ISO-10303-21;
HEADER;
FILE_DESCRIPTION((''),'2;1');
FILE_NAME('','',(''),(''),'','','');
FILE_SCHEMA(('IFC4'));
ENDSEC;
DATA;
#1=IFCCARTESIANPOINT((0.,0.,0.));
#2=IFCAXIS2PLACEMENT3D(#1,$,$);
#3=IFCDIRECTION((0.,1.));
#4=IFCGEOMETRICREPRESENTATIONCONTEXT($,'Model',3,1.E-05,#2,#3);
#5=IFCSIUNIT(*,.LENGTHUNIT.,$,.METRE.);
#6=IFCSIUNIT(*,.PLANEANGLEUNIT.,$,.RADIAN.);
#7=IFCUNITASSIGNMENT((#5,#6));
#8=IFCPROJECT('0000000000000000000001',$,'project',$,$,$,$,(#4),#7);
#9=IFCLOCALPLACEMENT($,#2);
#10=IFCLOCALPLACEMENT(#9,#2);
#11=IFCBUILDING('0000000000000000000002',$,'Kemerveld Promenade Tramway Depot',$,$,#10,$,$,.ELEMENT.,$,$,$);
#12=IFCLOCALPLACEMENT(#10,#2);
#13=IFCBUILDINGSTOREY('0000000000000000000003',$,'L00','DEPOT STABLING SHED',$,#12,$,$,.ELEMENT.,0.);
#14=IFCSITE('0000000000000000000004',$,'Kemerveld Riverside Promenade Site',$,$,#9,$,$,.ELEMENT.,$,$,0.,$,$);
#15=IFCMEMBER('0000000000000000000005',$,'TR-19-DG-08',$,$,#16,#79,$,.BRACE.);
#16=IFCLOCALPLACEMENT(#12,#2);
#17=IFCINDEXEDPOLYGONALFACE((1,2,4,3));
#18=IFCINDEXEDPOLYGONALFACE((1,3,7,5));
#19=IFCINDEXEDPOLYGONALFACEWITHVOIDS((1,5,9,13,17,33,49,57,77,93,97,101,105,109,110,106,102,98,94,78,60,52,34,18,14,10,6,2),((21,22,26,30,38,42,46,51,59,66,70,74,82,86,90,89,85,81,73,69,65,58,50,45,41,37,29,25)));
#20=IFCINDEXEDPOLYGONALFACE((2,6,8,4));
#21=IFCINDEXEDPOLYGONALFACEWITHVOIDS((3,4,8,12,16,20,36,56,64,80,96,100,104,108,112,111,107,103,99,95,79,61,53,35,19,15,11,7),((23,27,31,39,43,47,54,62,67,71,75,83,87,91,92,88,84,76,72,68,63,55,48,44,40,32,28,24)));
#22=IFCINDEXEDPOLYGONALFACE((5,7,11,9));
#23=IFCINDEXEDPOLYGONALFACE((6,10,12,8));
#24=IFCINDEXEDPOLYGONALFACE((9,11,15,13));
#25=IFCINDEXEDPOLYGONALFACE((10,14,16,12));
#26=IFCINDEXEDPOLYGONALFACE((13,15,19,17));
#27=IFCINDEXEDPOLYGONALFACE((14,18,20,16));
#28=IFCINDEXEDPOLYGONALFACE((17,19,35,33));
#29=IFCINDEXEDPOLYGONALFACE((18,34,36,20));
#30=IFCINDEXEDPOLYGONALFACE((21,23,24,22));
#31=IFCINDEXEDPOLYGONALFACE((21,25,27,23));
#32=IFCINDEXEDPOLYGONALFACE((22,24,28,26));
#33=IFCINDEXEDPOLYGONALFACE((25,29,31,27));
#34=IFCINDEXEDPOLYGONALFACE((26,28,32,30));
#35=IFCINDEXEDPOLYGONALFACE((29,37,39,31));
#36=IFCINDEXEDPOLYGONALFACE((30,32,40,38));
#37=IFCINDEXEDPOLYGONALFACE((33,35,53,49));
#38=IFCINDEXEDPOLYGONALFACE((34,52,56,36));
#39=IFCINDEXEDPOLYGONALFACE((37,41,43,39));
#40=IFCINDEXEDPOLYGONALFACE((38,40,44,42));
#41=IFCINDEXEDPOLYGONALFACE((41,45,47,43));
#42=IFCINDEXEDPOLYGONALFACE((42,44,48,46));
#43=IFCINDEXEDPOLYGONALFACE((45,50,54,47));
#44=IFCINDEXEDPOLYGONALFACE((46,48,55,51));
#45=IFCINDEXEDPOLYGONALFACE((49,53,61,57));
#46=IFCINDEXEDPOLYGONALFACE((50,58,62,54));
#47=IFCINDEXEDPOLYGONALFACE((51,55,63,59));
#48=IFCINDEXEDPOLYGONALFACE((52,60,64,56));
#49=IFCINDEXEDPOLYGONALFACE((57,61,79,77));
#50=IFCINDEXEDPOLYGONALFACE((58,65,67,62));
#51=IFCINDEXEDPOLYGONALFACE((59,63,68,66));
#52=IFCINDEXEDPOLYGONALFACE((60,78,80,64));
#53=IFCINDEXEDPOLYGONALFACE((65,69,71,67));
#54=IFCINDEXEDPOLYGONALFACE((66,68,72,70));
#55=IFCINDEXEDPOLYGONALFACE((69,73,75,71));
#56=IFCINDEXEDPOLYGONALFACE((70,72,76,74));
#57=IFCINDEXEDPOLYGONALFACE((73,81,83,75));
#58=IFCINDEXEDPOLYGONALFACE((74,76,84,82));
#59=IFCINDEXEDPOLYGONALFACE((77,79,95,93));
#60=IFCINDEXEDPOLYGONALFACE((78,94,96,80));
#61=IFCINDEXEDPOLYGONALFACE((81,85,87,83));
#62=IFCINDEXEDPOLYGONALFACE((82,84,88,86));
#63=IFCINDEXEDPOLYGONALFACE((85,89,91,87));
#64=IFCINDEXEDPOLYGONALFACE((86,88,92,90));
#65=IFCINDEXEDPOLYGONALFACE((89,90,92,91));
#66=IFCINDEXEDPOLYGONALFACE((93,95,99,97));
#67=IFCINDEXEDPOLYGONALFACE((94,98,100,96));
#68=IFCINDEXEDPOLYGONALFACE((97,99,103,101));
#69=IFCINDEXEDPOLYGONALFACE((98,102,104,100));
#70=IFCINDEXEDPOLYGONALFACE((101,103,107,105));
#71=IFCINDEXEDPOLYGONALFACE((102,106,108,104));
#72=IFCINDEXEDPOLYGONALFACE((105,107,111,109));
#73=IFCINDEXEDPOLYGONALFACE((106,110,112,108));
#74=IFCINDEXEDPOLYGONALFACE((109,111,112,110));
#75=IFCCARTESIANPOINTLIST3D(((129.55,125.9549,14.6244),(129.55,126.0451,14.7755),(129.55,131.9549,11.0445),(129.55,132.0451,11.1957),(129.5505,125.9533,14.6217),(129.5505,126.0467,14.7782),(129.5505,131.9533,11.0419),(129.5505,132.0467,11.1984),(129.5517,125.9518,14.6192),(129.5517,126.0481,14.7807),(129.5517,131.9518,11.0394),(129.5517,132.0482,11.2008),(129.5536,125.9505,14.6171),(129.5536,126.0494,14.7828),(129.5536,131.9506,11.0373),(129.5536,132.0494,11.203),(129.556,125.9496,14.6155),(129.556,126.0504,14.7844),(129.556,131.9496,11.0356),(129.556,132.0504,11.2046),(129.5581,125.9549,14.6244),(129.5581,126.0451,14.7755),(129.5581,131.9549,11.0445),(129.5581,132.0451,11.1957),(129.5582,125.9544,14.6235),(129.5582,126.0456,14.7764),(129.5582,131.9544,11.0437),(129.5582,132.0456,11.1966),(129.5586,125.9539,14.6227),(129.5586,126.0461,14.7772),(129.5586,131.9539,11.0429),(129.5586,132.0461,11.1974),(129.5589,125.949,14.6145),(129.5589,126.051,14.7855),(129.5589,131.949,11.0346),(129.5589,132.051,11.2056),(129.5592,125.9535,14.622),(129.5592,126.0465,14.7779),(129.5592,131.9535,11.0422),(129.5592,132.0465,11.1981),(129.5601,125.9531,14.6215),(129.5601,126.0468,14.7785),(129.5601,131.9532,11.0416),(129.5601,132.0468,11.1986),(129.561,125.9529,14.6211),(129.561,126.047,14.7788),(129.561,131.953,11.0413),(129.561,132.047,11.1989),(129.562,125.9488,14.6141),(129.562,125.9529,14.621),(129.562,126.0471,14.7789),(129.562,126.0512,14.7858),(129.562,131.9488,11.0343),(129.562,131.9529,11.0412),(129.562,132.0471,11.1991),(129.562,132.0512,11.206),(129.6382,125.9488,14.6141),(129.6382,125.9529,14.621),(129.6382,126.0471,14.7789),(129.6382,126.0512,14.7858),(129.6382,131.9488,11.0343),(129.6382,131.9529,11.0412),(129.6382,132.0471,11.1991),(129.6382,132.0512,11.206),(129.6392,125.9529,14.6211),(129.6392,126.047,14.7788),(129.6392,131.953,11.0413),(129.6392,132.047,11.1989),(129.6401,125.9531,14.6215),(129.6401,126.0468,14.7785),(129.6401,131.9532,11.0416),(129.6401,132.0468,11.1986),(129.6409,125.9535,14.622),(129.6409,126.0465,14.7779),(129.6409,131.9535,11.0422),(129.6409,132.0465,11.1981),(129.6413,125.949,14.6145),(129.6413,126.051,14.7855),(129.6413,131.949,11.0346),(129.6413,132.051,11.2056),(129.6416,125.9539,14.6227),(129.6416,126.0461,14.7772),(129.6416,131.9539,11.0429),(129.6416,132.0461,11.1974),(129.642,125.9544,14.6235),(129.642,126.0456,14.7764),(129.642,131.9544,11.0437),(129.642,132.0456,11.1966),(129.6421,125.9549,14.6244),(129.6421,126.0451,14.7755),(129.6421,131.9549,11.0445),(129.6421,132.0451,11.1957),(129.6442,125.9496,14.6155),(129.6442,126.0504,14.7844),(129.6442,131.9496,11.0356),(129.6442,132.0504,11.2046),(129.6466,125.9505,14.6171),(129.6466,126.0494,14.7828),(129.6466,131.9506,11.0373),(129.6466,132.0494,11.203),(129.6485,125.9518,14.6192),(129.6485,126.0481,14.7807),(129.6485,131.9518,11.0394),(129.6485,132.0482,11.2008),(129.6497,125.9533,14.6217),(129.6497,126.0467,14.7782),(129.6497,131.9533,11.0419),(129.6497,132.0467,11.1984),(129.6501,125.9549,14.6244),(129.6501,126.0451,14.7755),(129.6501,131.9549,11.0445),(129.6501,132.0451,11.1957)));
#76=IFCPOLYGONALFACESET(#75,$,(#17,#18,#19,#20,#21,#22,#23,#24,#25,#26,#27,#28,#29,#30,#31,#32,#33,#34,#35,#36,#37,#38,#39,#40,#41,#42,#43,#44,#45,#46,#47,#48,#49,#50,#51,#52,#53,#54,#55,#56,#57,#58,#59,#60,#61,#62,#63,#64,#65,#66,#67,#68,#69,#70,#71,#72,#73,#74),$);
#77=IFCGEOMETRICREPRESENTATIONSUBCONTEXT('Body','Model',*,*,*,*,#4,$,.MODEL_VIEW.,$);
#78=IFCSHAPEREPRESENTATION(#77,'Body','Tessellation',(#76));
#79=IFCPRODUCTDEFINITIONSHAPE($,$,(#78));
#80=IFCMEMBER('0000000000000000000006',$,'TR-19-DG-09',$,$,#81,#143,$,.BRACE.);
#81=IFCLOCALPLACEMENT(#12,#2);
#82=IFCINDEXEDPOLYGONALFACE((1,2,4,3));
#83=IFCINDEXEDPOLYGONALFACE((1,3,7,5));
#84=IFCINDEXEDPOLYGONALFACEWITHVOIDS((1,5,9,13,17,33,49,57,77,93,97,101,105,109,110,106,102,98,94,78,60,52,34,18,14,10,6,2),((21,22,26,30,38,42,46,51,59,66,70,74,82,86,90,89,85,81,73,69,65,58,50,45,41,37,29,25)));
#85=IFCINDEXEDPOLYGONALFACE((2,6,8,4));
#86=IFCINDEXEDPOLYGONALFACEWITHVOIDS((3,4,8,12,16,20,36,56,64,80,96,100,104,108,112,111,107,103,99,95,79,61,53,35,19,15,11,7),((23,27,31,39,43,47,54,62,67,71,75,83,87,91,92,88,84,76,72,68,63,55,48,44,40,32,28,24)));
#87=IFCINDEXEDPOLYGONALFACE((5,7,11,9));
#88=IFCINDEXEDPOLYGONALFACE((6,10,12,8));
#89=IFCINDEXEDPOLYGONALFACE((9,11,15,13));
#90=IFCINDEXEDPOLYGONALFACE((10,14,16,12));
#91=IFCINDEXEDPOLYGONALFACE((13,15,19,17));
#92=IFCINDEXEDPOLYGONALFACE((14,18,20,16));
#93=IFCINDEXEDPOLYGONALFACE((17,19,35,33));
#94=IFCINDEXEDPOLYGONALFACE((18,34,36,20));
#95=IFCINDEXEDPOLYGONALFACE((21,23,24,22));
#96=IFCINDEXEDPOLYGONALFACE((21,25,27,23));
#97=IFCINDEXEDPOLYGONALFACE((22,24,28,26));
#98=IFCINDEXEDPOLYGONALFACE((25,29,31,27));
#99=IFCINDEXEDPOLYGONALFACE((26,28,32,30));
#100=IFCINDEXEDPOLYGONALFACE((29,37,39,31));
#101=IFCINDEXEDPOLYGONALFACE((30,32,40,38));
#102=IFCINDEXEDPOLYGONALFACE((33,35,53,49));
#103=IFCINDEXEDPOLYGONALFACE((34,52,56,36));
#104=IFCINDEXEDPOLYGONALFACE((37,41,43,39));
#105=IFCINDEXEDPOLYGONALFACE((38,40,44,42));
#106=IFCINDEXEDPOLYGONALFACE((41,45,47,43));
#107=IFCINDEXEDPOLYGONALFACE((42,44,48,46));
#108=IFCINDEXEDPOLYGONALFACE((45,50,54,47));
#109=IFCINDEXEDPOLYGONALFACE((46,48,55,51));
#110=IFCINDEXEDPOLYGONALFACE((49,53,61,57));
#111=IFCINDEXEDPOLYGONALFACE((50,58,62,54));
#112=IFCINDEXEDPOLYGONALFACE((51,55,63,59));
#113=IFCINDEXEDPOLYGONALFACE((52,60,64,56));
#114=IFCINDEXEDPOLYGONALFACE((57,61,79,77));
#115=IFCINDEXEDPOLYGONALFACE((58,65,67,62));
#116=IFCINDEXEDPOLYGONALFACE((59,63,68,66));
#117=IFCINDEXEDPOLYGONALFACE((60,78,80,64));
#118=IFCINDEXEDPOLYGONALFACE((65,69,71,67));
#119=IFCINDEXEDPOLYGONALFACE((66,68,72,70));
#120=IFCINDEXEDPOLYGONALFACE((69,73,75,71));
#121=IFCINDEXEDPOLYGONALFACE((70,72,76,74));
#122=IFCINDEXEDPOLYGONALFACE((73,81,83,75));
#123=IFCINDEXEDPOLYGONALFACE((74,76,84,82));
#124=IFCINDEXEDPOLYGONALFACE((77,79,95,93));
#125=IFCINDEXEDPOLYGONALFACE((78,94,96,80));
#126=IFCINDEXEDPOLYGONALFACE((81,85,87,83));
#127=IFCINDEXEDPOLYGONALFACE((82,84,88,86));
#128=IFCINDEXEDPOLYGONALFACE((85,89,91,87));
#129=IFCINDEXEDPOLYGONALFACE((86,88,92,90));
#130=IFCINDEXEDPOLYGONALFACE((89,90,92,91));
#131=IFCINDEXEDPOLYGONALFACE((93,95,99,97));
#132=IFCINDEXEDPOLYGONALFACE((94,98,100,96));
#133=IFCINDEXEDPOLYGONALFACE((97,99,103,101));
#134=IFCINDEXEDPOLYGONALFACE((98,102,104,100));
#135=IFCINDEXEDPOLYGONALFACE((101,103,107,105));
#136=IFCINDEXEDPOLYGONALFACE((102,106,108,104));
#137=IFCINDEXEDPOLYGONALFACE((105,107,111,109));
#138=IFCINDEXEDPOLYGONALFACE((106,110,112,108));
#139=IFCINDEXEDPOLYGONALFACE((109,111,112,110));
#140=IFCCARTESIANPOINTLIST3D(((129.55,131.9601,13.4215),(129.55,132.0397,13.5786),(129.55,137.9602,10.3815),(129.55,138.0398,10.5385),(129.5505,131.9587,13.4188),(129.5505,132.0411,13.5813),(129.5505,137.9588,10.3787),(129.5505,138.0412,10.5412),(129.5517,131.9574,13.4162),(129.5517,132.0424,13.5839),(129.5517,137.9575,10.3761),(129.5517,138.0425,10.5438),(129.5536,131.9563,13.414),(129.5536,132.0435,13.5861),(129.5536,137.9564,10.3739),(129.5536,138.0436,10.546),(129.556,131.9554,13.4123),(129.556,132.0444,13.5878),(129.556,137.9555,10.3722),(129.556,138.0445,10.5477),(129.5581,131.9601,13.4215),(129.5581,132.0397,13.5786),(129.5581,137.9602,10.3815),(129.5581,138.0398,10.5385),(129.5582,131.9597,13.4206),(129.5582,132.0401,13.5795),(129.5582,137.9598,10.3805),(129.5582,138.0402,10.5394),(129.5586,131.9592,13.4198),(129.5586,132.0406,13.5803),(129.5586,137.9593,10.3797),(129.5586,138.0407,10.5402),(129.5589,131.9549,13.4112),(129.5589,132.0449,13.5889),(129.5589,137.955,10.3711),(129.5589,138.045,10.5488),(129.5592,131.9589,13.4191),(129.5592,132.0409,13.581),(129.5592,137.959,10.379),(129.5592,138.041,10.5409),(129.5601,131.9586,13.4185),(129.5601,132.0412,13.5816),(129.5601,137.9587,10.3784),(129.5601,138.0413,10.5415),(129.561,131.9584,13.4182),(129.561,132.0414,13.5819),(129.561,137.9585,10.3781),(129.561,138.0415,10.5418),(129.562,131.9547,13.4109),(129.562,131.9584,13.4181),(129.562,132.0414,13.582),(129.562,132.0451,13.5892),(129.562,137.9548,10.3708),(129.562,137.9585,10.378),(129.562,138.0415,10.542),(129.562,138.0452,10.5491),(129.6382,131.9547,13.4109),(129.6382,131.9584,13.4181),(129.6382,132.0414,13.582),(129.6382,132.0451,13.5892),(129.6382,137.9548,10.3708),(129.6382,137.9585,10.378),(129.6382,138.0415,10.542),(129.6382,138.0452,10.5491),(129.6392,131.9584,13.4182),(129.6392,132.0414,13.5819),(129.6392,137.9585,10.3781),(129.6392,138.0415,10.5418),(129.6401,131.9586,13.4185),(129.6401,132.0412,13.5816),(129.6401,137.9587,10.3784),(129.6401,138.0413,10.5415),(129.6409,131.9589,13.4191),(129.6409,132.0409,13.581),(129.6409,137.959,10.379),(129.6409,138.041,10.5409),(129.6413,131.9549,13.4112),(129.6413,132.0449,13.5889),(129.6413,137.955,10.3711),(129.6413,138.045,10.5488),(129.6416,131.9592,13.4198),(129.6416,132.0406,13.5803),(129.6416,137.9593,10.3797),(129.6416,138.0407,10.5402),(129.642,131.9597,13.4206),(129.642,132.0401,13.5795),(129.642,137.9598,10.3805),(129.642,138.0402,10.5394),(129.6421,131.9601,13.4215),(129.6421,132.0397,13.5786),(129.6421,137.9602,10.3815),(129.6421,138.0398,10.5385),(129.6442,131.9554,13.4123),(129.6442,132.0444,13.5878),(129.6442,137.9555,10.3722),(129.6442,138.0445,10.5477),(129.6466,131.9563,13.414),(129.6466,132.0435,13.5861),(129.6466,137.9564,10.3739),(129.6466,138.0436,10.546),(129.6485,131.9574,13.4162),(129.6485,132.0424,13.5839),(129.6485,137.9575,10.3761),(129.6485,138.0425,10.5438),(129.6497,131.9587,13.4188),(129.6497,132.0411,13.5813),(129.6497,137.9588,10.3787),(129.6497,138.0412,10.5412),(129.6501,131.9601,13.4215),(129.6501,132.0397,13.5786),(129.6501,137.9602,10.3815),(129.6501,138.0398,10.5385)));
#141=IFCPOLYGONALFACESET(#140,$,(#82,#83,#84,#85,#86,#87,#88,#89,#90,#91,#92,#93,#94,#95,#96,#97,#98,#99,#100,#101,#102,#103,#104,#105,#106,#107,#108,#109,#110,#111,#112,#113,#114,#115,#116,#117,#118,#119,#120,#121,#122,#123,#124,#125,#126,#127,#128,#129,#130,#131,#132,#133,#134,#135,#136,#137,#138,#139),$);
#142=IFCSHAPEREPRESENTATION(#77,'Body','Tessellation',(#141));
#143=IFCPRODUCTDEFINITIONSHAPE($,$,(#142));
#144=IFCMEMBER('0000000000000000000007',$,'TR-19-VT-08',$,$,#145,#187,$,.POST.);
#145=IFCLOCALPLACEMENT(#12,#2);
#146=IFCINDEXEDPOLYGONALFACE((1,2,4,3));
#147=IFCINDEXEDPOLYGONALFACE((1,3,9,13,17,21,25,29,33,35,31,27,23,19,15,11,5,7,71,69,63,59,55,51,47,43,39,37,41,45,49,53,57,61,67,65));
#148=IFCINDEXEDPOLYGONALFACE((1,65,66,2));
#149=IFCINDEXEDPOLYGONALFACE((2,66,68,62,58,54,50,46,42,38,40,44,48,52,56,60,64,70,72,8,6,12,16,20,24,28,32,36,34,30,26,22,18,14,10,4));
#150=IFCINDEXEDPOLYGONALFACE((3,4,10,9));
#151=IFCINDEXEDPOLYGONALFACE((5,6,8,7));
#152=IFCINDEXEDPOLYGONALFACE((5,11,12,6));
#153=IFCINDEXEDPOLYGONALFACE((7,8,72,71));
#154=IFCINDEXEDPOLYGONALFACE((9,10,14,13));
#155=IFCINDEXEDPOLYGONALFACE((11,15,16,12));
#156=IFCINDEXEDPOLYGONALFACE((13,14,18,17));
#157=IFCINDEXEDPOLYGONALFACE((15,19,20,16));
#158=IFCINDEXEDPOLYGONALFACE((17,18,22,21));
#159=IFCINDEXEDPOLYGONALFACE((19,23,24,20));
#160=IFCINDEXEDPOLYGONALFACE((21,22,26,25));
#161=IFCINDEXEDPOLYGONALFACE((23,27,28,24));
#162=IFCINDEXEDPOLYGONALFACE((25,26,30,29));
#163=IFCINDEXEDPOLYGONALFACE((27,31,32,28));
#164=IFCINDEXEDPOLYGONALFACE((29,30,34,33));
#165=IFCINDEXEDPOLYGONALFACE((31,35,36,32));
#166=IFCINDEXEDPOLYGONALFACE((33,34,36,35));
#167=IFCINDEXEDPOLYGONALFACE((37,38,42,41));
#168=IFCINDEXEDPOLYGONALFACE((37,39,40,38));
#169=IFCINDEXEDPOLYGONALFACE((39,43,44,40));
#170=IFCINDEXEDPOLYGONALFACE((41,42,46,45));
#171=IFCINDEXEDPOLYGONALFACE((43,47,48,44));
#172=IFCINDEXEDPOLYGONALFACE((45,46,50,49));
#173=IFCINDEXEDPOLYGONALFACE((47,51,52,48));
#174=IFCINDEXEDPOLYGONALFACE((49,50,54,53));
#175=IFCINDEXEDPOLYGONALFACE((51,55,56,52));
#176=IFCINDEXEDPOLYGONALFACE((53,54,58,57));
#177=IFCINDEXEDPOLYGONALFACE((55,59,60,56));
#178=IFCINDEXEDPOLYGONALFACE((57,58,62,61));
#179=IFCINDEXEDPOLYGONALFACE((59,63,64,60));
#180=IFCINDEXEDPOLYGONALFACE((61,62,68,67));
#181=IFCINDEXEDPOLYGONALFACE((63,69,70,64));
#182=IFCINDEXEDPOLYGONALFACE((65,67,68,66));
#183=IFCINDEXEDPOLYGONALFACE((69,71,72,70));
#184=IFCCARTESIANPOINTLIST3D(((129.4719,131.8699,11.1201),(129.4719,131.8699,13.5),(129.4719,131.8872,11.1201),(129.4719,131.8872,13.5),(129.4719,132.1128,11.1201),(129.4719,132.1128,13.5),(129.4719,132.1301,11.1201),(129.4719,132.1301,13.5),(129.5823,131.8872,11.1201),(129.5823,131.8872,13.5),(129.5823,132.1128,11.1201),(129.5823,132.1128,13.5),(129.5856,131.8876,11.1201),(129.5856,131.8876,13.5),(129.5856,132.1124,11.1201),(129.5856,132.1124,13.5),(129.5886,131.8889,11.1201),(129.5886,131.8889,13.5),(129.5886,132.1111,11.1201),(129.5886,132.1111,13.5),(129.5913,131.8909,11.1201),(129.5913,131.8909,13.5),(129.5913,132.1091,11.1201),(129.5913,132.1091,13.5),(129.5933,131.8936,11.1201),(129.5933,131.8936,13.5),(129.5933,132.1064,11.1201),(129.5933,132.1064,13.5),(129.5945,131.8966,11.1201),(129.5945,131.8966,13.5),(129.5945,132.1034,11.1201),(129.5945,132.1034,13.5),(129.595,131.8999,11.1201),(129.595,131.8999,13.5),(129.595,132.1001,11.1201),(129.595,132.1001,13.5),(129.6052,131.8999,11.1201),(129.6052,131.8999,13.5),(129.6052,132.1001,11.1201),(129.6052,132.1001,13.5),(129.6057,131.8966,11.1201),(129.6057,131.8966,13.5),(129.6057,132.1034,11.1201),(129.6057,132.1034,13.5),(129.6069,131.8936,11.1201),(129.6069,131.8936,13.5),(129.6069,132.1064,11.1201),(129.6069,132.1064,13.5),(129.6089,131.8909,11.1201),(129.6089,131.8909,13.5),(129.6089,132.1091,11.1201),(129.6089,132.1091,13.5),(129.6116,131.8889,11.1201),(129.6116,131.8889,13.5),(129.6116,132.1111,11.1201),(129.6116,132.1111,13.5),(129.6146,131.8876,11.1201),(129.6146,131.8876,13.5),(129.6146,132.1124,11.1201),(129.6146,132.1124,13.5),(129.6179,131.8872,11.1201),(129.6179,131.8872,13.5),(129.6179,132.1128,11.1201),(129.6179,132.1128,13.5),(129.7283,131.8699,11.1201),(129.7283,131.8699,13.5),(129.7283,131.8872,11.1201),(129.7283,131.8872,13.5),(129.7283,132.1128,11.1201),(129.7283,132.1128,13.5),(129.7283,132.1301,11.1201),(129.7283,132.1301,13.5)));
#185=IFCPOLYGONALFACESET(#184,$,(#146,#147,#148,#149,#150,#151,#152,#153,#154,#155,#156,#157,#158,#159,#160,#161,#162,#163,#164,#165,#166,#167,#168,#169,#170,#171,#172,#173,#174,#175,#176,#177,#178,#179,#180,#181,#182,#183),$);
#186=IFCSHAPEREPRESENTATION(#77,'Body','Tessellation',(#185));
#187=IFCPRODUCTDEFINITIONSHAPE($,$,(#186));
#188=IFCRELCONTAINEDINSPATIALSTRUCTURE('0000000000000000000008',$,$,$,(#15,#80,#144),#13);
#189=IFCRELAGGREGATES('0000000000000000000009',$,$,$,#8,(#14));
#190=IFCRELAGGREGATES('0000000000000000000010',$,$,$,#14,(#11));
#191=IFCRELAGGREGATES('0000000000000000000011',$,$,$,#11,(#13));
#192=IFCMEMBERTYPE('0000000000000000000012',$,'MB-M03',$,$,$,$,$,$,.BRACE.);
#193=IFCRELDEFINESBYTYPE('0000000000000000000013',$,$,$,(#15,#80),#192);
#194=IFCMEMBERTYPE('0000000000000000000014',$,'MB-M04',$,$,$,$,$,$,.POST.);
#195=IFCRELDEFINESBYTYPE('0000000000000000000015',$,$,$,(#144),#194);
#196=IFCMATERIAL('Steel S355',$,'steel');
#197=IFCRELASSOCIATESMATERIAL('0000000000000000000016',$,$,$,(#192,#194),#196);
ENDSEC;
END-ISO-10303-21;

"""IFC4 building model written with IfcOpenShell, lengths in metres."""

from ifc_helpers import new_model, si_unit, direction, frame, origin, origin_2d, place, context, subcontext, project, spatial, hollow_rectangle, i_section, extrude, material, material_profile, profile_set, type_object, element, save


model = new_model("IFC4")

# Units and contexts
model_context = context("Model", 3, precision=1e-05, world=origin(), true_north=direction((0.0, 1.0)))
body_context = subcontext(model_context, "Body", "Model", "MODEL_VIEW")
ifc_project = project(units=[si_unit("LENGTHUNIT", "METRE"), si_unit("PLANEANGLEUNIT", "RADIAN")], contexts=[model_context])

# Site, building, storey
site_placement = place(None, origin())
site = spatial("IfcSite", under=ifc_project, at=site_placement, Name="Kemerveld Riverside Promenade Site", CompositionType="ELEMENT", RefElevation=0.0)
building_placement = place(site_placement, origin())
building = spatial("IfcBuilding", under=site, at=building_placement, Name="Kemerveld Promenade Tramway Depot", CompositionType="ELEMENT")
storey_placement = place(building_placement, origin())
storey = spatial("IfcBuildingStorey", under=building, at=storey_placement, Name="L00", Description="DEPOT STABLING SHED", CompositionType="ELEMENT", Elevation=0.0)

# Members
ifc_material = material(Name="Steel S355", Category="steel")
ifc_material_profile_1 = material_profile(ifc_material, hollow_rectangle(XDim=0.1001, YDim=0.2, WallThickness=0.0081, InnerFilletRadius=0.0039, OuterFilletRadius=0.012, at=origin_2d()), Name="200x100x8.0 RHS")
ifc_profile_set_1 = profile_set([ifc_material_profile_1], Name="Steel S355")
member_type_1 = type_object("IfcMemberType", Name="MB-M03", PredefinedType="BRACE", material=ifc_profile_set_1)
member_1_placement = place(storey_placement, frame((129.6001, 132.0, 11.1201), z_axis=(0.0, -0.858764, 0.512372), x_axis=(1.0, 0.0, 0.0)))
element("IfcMember", 1, at=member_1_placement, inside=storey, type_object=member_type_1, Name="TR-19-DG-08", PredefinedType="BRACE", context=body_context, shape_type="SweptSolid", body=[
    extrude(hollow_rectangle(XDim=0.1001, YDim=0.2, WallThickness=0.0081, InnerFilletRadius=0.0039, OuterFilletRadius=0.012, at=origin_2d()), origin(), (0.0, 0.0, 1.0), 6.9868),
])
member_2_placement = place(storey_placement, frame((129.6001, 138.0, 10.46), z_axis=(0.0, -0.892033, 0.451969), x_axis=(1.0, 0.0, 0.0)))
element("IfcMember", 2, at=member_2_placement, inside=storey, type_object=member_type_1, Name="TR-19-DG-09", PredefinedType="BRACE", context=body_context, shape_type="SweptSolid", body=[
    extrude(hollow_rectangle(XDim=0.1001, YDim=0.2, WallThickness=0.0081, InnerFilletRadius=0.0039, OuterFilletRadius=0.012, at=origin_2d()), origin(), (0.0, 0.0, 1.0), 6.7263),
])
ifc_material_profile_2 = material_profile(ifc_material, i_section(OverallWidth=0.2563, OverallDepth=0.2603, WebThickness=0.0103, FlangeThickness=0.0173, FilletRadius=0.0127, at=origin_2d()), Name="254x254x89 UC")
ifc_profile_set_2 = profile_set([ifc_material_profile_2], Name="Steel S355")
member_type_2 = type_object("IfcMemberType", Name="MB-M04", PredefinedType="POST", material=ifc_profile_set_2)
member_3_placement = place(storey_placement, frame((129.6001, 132.0, 11.1201), z_axis=(0.0, 0.0, 1.0), x_axis=(1.0, 0.0, 0.0)))
element("IfcMember", 3, at=member_3_placement, inside=storey, type_object=member_type_2, Name="TR-19-VT-08", PredefinedType="POST", context=body_context, shape_type="SweptSolid", body=[
    extrude(i_section(OverallWidth=0.2563, OverallDepth=0.2603, WebThickness=0.0103, FlangeThickness=0.0173, FilletRadius=0.0127, at=origin_2d()), origin(), (0.0, 0.0, 1.0), 2.3799),
])

save(model, "model.ifc")
